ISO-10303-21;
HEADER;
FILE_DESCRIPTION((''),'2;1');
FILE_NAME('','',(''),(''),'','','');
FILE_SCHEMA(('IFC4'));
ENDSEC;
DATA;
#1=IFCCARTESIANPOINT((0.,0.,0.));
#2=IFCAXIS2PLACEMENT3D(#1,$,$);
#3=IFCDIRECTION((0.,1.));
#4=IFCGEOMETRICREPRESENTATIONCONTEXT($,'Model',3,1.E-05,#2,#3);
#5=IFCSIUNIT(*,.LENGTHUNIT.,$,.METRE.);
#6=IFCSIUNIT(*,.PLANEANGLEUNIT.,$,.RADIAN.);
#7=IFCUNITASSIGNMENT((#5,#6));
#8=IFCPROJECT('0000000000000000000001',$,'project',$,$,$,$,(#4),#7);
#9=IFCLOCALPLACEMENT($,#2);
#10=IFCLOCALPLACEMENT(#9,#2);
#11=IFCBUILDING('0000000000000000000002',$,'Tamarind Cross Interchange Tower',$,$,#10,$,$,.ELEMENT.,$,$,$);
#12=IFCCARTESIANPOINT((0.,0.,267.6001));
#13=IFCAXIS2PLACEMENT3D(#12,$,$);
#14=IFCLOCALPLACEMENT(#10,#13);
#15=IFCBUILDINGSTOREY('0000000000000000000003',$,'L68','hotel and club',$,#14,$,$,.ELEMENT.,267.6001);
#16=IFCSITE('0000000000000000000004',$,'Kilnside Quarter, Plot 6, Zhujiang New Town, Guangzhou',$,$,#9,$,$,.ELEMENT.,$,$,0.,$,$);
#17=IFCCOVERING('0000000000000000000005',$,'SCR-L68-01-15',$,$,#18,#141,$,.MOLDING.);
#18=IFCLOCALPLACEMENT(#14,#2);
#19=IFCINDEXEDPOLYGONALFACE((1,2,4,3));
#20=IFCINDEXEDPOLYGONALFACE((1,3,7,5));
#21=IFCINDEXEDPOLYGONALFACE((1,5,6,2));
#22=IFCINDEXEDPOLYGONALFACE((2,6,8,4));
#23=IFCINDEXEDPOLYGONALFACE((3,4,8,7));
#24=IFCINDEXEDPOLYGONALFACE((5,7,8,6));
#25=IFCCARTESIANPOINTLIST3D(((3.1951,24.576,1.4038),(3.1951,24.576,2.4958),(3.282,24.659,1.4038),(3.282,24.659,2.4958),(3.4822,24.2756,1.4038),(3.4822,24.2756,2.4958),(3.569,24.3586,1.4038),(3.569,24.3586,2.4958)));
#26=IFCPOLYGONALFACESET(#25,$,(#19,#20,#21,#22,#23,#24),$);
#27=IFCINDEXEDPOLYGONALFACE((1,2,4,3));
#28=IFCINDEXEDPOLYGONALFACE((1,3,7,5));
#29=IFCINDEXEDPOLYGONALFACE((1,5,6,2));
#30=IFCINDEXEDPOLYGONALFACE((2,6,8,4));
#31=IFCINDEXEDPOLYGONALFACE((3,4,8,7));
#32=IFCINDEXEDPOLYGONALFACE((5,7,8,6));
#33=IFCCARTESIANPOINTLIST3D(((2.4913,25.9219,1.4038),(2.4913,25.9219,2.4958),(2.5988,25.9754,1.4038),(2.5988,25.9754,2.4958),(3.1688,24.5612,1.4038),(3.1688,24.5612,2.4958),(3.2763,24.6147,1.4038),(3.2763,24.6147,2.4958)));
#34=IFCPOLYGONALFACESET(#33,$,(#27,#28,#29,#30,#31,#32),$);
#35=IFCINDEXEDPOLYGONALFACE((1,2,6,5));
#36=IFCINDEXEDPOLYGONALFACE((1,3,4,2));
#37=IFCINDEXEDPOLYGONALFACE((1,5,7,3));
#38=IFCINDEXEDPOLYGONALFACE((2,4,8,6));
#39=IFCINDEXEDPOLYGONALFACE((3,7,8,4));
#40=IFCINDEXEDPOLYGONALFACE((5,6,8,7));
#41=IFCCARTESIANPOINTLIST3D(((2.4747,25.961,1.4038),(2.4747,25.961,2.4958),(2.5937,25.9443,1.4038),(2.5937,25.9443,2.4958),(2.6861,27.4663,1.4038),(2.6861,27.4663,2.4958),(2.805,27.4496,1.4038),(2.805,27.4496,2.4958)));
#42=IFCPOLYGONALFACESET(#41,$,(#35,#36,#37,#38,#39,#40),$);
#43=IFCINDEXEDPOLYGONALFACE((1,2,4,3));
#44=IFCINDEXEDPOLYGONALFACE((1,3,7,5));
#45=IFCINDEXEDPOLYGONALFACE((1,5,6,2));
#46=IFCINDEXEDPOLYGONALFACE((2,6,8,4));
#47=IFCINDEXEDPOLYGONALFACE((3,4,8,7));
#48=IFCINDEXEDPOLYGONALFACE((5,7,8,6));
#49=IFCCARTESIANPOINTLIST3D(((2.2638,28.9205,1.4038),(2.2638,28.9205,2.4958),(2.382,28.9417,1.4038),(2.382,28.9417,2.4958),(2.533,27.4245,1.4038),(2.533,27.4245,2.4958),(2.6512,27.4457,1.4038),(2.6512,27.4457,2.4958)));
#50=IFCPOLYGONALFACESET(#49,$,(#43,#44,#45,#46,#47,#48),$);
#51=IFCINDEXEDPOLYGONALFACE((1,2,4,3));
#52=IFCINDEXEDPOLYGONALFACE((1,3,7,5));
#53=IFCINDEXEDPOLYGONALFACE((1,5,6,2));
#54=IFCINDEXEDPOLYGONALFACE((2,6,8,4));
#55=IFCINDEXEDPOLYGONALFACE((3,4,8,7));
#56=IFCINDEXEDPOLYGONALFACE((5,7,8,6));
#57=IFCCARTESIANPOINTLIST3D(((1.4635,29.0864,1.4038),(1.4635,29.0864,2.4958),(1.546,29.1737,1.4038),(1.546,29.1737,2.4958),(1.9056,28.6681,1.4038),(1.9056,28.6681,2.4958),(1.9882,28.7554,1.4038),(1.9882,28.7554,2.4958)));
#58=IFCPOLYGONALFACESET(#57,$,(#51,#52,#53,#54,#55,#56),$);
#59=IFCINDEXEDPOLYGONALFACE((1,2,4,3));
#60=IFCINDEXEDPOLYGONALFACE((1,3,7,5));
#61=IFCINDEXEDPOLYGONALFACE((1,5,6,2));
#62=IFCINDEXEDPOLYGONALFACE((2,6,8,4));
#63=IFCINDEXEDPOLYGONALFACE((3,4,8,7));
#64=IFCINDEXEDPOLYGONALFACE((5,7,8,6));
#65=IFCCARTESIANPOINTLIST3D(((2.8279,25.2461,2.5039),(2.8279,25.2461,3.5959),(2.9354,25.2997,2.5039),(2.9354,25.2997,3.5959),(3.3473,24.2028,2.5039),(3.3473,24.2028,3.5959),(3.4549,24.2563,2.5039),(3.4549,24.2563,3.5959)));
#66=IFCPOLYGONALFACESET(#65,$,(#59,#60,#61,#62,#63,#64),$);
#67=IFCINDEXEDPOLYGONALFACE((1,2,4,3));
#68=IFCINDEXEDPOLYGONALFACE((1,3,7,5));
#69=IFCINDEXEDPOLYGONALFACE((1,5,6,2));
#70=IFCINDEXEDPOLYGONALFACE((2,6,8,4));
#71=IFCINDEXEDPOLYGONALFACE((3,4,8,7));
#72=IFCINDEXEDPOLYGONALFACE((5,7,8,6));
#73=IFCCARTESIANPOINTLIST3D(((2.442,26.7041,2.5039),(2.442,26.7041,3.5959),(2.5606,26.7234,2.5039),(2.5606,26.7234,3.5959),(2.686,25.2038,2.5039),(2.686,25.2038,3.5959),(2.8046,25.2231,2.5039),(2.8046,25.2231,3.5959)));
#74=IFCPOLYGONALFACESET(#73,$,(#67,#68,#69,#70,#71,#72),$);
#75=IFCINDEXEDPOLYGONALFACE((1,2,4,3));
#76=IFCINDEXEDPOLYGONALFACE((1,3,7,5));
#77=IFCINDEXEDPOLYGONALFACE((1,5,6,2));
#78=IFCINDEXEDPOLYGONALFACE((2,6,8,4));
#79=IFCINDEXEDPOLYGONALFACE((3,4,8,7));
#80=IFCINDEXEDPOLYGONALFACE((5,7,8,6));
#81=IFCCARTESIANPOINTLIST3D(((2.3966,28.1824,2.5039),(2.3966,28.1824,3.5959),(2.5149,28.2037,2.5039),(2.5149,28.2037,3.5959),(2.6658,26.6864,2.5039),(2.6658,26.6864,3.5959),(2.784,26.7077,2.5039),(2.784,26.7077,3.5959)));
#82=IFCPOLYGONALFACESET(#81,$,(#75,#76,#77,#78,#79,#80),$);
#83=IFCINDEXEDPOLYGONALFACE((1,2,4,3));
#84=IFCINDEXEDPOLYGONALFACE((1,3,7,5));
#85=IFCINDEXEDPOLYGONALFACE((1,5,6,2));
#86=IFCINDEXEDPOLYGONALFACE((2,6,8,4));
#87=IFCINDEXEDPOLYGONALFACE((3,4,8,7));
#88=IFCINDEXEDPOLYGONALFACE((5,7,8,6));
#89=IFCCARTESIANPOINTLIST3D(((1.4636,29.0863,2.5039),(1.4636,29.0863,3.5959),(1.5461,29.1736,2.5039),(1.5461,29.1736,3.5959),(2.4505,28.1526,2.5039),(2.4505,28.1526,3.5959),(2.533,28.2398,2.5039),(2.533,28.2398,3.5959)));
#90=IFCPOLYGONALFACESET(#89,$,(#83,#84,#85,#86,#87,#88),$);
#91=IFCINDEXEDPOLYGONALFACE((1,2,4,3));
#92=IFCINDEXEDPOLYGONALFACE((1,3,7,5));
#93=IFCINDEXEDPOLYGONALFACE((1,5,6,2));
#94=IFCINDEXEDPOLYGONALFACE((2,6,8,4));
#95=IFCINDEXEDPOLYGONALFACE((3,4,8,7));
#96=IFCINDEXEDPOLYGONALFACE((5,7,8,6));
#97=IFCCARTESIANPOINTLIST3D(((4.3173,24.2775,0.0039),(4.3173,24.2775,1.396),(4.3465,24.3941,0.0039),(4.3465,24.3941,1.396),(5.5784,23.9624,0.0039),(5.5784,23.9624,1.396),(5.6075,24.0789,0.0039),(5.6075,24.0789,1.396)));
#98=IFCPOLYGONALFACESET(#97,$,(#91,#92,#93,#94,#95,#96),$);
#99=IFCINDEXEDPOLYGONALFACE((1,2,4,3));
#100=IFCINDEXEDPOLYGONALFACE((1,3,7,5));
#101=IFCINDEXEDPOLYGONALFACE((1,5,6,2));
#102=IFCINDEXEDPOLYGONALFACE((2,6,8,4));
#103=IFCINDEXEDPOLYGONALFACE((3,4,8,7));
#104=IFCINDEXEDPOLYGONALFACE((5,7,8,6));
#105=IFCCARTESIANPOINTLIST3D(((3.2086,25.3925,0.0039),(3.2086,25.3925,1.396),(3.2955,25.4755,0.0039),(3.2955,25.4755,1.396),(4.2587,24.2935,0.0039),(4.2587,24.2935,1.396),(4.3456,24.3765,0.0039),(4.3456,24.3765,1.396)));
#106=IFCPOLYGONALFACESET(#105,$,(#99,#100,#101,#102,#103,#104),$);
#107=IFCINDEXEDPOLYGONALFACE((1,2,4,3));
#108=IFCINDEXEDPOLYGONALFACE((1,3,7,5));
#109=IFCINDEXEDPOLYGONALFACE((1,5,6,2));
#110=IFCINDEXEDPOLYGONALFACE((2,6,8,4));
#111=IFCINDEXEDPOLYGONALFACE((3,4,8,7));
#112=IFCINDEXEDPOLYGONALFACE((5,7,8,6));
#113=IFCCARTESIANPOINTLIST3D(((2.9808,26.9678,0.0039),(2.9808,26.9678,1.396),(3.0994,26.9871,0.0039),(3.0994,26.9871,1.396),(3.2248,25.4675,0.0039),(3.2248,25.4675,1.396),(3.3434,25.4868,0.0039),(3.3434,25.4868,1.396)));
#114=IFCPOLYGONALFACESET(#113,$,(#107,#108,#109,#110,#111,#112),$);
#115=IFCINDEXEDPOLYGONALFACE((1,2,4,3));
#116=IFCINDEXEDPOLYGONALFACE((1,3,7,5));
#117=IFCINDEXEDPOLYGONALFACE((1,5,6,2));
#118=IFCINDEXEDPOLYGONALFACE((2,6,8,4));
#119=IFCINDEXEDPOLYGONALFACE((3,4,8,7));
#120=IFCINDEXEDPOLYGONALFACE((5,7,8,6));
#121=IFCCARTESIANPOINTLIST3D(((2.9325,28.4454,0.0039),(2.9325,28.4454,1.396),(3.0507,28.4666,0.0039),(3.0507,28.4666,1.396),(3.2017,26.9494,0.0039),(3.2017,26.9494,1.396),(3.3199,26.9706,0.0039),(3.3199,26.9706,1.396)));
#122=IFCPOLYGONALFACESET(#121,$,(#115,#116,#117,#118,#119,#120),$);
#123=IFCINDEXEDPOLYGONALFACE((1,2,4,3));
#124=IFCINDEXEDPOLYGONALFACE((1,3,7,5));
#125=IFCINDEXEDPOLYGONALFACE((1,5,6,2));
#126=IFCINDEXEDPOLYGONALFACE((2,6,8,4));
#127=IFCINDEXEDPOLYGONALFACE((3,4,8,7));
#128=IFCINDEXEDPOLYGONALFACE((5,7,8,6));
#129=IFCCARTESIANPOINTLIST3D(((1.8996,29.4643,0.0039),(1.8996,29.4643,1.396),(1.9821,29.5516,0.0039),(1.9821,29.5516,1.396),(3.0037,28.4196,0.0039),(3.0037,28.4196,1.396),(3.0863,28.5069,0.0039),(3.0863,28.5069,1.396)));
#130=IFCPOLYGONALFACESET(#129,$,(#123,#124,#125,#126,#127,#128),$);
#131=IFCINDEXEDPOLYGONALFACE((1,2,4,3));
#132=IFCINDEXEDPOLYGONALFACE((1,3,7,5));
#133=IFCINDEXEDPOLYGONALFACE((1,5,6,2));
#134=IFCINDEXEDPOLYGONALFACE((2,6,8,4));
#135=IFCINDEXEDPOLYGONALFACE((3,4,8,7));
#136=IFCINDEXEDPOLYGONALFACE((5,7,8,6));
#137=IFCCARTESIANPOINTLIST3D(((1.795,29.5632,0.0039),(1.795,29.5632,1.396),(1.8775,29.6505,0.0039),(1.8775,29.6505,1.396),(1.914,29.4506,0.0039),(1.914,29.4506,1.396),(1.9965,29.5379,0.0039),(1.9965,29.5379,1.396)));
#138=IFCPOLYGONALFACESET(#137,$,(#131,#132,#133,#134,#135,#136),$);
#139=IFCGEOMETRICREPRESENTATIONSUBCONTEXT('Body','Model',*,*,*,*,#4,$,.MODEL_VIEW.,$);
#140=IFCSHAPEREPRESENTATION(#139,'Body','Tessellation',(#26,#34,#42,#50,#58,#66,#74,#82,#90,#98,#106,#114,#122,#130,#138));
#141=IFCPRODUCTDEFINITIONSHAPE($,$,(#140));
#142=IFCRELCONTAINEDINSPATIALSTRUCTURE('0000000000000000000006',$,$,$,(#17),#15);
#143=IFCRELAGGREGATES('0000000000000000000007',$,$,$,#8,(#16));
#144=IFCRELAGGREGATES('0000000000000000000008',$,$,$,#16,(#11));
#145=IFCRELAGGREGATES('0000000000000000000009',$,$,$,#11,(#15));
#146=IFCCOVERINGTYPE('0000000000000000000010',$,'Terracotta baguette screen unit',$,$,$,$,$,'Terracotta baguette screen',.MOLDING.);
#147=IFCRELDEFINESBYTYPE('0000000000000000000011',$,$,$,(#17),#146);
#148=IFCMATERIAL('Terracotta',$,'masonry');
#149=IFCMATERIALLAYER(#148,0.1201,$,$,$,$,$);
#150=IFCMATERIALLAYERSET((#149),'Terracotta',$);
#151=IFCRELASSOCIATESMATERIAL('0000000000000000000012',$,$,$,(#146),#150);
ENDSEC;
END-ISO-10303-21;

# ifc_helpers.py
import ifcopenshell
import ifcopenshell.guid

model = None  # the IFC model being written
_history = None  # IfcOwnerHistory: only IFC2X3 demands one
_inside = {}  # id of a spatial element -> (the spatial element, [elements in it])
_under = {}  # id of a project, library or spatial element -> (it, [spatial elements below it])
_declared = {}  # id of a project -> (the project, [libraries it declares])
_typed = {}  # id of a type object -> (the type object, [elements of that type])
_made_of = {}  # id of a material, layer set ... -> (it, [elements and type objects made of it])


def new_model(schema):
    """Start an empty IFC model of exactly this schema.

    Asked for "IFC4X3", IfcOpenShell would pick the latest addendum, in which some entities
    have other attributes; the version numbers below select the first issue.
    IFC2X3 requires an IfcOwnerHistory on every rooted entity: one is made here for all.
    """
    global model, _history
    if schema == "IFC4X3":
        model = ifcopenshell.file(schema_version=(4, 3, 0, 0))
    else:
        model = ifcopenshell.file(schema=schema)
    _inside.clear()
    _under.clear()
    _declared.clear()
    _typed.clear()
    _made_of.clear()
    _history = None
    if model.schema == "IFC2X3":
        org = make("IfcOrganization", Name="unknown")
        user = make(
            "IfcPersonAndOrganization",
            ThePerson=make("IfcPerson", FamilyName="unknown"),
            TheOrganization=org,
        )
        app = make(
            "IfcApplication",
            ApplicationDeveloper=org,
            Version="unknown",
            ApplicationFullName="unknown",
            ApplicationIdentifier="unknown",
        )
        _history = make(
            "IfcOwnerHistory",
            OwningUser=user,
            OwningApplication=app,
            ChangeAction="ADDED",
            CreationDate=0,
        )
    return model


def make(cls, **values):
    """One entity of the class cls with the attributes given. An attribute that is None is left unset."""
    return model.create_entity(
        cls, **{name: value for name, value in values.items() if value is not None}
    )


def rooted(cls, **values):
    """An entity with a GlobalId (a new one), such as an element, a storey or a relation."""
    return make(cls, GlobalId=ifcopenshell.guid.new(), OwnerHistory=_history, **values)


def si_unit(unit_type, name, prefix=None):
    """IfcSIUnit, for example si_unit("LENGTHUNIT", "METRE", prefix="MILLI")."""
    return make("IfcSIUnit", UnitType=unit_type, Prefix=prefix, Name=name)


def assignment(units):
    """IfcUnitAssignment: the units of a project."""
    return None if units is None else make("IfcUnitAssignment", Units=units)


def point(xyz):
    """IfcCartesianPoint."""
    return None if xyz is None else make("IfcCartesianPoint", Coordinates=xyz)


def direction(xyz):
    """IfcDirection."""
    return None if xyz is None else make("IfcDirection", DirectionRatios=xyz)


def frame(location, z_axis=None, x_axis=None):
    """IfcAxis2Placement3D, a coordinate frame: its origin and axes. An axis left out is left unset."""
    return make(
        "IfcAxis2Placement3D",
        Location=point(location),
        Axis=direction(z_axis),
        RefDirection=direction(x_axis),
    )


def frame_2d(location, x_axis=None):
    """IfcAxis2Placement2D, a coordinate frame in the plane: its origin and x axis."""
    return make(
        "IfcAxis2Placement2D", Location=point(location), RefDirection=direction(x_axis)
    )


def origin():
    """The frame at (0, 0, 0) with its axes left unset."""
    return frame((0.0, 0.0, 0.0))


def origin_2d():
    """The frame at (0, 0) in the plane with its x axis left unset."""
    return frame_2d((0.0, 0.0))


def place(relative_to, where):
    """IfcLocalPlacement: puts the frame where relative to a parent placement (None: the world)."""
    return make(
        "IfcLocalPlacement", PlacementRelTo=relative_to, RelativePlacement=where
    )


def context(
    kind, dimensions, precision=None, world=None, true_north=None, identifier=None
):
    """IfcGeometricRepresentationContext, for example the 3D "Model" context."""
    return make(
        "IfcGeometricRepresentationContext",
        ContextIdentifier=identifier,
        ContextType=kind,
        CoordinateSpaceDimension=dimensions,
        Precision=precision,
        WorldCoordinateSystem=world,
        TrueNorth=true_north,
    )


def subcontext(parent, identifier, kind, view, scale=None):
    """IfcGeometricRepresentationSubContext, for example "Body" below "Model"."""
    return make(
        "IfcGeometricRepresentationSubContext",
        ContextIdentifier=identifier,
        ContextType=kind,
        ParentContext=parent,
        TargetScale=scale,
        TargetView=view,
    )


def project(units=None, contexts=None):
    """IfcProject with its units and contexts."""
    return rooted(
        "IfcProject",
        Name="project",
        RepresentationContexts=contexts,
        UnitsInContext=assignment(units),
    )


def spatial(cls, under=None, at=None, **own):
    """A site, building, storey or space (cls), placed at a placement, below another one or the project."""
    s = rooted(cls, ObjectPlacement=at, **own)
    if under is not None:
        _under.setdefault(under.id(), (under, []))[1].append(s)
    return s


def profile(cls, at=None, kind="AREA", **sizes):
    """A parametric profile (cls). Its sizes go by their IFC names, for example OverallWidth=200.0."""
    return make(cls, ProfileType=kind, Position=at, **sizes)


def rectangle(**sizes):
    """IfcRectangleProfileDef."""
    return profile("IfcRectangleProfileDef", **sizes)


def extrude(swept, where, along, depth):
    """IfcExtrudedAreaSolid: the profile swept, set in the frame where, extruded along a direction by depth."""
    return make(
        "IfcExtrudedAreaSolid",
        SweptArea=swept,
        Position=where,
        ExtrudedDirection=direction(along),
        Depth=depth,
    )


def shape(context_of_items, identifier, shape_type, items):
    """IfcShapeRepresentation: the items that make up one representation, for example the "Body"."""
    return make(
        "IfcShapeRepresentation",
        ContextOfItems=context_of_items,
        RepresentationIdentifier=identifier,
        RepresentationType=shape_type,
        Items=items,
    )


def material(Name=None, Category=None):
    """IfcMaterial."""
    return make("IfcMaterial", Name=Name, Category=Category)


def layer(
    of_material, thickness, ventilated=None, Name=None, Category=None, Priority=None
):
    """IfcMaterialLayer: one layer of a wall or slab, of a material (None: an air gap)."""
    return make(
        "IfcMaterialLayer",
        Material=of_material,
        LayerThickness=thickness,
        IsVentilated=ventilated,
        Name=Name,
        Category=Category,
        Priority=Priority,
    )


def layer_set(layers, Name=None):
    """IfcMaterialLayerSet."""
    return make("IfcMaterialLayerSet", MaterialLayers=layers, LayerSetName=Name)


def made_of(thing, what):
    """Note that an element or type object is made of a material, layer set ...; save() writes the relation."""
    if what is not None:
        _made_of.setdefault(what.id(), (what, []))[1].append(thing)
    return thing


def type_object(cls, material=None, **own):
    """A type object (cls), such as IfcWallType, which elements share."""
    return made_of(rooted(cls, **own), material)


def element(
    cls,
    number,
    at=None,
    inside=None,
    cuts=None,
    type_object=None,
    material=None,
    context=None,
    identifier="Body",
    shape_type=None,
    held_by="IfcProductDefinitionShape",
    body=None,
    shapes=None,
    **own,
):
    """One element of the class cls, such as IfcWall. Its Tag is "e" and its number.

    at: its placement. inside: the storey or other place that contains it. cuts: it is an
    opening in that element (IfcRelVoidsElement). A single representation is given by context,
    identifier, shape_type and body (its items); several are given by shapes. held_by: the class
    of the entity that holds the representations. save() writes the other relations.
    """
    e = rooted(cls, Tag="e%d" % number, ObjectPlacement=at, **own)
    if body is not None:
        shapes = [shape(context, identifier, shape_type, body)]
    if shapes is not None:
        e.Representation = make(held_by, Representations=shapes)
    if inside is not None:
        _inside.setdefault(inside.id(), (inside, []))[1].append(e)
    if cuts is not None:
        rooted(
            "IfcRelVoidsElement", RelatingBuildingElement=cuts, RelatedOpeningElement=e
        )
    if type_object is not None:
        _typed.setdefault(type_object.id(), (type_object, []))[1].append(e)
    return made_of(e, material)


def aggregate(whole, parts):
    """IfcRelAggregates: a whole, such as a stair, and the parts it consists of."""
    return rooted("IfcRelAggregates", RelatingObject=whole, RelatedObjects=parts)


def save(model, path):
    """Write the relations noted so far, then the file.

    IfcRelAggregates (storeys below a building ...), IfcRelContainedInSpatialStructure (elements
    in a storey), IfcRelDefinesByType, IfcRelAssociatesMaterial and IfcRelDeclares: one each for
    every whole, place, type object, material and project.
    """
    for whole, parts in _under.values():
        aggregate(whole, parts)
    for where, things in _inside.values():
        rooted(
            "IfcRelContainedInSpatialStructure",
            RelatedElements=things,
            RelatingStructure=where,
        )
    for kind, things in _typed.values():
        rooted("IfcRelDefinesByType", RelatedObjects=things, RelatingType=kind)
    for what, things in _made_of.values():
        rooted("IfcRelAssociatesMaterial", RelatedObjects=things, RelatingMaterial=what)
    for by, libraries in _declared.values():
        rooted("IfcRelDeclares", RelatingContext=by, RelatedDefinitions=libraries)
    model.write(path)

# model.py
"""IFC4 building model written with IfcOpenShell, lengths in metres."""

from ifc_helpers import new_model, si_unit, direction, frame, origin, origin_2d, place, context, subcontext, project, spatial, rectangle, extrude, material, layer, layer_set, type_object, element, save


model = new_model("IFC4")

# Units and contexts
model_context = context("Model", 3, precision=1e-05, world=origin(), true_north=direction((0.0, 1.0)))
body_context = subcontext(model_context, "Body", "Model", "MODEL_VIEW")
ifc_project = project(units=[si_unit("LENGTHUNIT", "METRE"), si_unit("PLANEANGLEUNIT", "RADIAN")], contexts=[model_context])

# Site, building, storey
site_placement = place(None, origin())
site = spatial("IfcSite", under=ifc_project, at=site_placement, Name="Kilnside Quarter, Plot 6, Zhujiang New Town, Guangzhou", CompositionType="ELEMENT", RefElevation=0.0)
building_placement = place(site_placement, origin())
building = spatial("IfcBuilding", under=site, at=building_placement, Name="Tamarind Cross Interchange Tower", CompositionType="ELEMENT")
storey_placement = place(building_placement, frame((0.0, 0.0, 267.6001)))
storey = spatial("IfcBuildingStorey", under=building, at=storey_placement, Name="L68", Description="hotel and club", CompositionType="ELEMENT", Elevation=267.6001)

# Covering
ifc_material_1 = material(Name="Terracotta", Category="masonry")
ifc_layer_1 = layer(ifc_material_1, 0.1201)
ifc_layer_set_1 = layer_set([ifc_layer_1], Name="Terracotta")
covering_type = type_object("IfcCoveringType", Name="Terracotta baguette screen unit", ElementType="Terracotta baguette screen", PredefinedType="MOLDING", material=ifc_layer_set_1)
covering_1_placement = place(storey_placement, origin())
element("IfcCovering", 1, at=covering_1_placement, inside=storey, type_object=covering_type, Name="SCR-L68-01-15", PredefinedType="MOLDING", context=body_context, shape_type="SweptSolid", body=[
    extrude(rectangle(XDim=0.4155, YDim=0.1201, at=origin_2d()), frame((3.3821, 24.4673, 1.4038), z_axis=(0.0, 0.0, 1.0), x_axis=(-0.690855, 0.722994, 0.0)), (0.0, 0.0, 1.0), 1.092),
    extrude(rectangle(XDim=1.52, YDim=0.1201, at=origin_2d()), frame((2.8838, 25.2683, 1.4038), z_axis=(0.0, 0.0, 1.0), x_axis=(-0.445694, 0.895185, 0.0)), (0.0, 0.0, 1.0), 1.092),
    extrude(rectangle(XDim=1.52, YDim=0.1201, at=origin_2d()), frame((2.6399, 26.7053, 1.4038), z_axis=(0.0, 0.0, 1.0), x_axis=(0.139041, 0.990287, 0.0)), (0.0, 0.0, 1.0), 1.092),
    extrude(rectangle(XDim=1.52, YDim=0.1201, at=origin_2d()), frame((2.4575, 28.1831, 1.4038), z_axis=(0.0, 0.0, 1.0), x_axis=(-0.177087, 0.984195, 0.0)), (0.0, 0.0, 1.0), 1.092),
    extrude(rectangle(XDim=0.6086, YDim=0.1201, at=origin_2d()), frame((1.7258, 28.9209, 1.4038), z_axis=(0.0, 0.0, 1.0), x_axis=(-0.726396, 0.687276, 0.0)), (0.0, 0.0, 1.0), 1.092),
    extrude(rectangle(XDim=1.1655, YDim=0.1201, at=origin_2d()), frame((3.1414, 24.7512, 2.5039), z_axis=(0.0, 0.0, 1.0), x_axis=(-0.445694, 0.895185, 0.0)), (0.0, 0.0, 1.0), 1.092),
    extrude(rectangle(XDim=1.52, YDim=0.1201, at=origin_2d()), frame((2.6233, 25.9636, 2.5039), z_axis=(0.0, 0.0, 1.0), x_axis=(-0.160531, 0.987031, 0.0)), (0.0, 0.0, 1.0), 1.092),
    extrude(rectangle(XDim=1.52, YDim=0.1201, at=origin_2d()), frame((2.5903, 27.4451, 2.5039), z_axis=(0.0, 0.0, 1.0), x_axis=(-0.177087, 0.984195, 0.0)), (0.0, 0.0, 1.0), 1.092),
    extrude(rectangle(XDim=1.3586, YDim=0.1201, at=origin_2d()), frame((1.9983, 28.6631, 2.5039), z_axis=(0.0, 0.0, 1.0), x_axis=(-0.726396, 0.687276, 0.0)), (0.0, 0.0, 1.0), 1.092),
    extrude(rectangle(XDim=1.2998, YDim=0.1201, at=origin_2d()), frame((4.9624, 24.1782, 0.0039), z_axis=(0.0, 0.0, 1.0), x_axis=(-0.970165, 0.242445, 0.0)), (0.0, 0.0, 1.0), 1.3921),
    extrude(rectangle(XDim=1.52, YDim=0.1201, at=origin_2d()), frame((3.7771, 24.8845, 0.0039), z_axis=(0.0, 0.0, 1.0), x_axis=(-0.690855, 0.722994, 0.0)), (0.0, 0.0, 1.0), 1.3921),
    extrude(rectangle(XDim=1.52, YDim=0.1201, at=origin_2d()), frame((3.1621, 26.2273, 0.0039), z_axis=(0.0, 0.0, 1.0), x_axis=(-0.160531, 0.987031, 0.0)), (0.0, 0.0, 1.0), 1.3921),
    extrude(rectangle(XDim=1.52, YDim=0.1201, at=origin_2d()), frame((3.1262, 27.708, 0.0039), z_axis=(0.0, 0.0, 1.0), x_axis=(-0.177087, 0.984195, 0.0)), (0.0, 0.0, 1.0), 1.3921),
    extrude(rectangle(XDim=1.52, YDim=0.1201, at=origin_2d()), frame((2.4929, 28.9856, 0.0039), z_axis=(0.0, 0.0, 1.0), x_axis=(-0.726396, 0.687276, 0.0)), (0.0, 0.0, 1.0), 1.3921),
    extrude(rectangle(XDim=0.1638, YDim=0.1201, at=origin_2d()), frame((1.8958, 29.5505, 0.0039), z_axis=(0.0, 0.0, 1.0), x_axis=(-0.726396, 0.687276, 0.0)), (0.0, 0.0, 1.0), 1.3921),
])

save(model, "model.ifc")
